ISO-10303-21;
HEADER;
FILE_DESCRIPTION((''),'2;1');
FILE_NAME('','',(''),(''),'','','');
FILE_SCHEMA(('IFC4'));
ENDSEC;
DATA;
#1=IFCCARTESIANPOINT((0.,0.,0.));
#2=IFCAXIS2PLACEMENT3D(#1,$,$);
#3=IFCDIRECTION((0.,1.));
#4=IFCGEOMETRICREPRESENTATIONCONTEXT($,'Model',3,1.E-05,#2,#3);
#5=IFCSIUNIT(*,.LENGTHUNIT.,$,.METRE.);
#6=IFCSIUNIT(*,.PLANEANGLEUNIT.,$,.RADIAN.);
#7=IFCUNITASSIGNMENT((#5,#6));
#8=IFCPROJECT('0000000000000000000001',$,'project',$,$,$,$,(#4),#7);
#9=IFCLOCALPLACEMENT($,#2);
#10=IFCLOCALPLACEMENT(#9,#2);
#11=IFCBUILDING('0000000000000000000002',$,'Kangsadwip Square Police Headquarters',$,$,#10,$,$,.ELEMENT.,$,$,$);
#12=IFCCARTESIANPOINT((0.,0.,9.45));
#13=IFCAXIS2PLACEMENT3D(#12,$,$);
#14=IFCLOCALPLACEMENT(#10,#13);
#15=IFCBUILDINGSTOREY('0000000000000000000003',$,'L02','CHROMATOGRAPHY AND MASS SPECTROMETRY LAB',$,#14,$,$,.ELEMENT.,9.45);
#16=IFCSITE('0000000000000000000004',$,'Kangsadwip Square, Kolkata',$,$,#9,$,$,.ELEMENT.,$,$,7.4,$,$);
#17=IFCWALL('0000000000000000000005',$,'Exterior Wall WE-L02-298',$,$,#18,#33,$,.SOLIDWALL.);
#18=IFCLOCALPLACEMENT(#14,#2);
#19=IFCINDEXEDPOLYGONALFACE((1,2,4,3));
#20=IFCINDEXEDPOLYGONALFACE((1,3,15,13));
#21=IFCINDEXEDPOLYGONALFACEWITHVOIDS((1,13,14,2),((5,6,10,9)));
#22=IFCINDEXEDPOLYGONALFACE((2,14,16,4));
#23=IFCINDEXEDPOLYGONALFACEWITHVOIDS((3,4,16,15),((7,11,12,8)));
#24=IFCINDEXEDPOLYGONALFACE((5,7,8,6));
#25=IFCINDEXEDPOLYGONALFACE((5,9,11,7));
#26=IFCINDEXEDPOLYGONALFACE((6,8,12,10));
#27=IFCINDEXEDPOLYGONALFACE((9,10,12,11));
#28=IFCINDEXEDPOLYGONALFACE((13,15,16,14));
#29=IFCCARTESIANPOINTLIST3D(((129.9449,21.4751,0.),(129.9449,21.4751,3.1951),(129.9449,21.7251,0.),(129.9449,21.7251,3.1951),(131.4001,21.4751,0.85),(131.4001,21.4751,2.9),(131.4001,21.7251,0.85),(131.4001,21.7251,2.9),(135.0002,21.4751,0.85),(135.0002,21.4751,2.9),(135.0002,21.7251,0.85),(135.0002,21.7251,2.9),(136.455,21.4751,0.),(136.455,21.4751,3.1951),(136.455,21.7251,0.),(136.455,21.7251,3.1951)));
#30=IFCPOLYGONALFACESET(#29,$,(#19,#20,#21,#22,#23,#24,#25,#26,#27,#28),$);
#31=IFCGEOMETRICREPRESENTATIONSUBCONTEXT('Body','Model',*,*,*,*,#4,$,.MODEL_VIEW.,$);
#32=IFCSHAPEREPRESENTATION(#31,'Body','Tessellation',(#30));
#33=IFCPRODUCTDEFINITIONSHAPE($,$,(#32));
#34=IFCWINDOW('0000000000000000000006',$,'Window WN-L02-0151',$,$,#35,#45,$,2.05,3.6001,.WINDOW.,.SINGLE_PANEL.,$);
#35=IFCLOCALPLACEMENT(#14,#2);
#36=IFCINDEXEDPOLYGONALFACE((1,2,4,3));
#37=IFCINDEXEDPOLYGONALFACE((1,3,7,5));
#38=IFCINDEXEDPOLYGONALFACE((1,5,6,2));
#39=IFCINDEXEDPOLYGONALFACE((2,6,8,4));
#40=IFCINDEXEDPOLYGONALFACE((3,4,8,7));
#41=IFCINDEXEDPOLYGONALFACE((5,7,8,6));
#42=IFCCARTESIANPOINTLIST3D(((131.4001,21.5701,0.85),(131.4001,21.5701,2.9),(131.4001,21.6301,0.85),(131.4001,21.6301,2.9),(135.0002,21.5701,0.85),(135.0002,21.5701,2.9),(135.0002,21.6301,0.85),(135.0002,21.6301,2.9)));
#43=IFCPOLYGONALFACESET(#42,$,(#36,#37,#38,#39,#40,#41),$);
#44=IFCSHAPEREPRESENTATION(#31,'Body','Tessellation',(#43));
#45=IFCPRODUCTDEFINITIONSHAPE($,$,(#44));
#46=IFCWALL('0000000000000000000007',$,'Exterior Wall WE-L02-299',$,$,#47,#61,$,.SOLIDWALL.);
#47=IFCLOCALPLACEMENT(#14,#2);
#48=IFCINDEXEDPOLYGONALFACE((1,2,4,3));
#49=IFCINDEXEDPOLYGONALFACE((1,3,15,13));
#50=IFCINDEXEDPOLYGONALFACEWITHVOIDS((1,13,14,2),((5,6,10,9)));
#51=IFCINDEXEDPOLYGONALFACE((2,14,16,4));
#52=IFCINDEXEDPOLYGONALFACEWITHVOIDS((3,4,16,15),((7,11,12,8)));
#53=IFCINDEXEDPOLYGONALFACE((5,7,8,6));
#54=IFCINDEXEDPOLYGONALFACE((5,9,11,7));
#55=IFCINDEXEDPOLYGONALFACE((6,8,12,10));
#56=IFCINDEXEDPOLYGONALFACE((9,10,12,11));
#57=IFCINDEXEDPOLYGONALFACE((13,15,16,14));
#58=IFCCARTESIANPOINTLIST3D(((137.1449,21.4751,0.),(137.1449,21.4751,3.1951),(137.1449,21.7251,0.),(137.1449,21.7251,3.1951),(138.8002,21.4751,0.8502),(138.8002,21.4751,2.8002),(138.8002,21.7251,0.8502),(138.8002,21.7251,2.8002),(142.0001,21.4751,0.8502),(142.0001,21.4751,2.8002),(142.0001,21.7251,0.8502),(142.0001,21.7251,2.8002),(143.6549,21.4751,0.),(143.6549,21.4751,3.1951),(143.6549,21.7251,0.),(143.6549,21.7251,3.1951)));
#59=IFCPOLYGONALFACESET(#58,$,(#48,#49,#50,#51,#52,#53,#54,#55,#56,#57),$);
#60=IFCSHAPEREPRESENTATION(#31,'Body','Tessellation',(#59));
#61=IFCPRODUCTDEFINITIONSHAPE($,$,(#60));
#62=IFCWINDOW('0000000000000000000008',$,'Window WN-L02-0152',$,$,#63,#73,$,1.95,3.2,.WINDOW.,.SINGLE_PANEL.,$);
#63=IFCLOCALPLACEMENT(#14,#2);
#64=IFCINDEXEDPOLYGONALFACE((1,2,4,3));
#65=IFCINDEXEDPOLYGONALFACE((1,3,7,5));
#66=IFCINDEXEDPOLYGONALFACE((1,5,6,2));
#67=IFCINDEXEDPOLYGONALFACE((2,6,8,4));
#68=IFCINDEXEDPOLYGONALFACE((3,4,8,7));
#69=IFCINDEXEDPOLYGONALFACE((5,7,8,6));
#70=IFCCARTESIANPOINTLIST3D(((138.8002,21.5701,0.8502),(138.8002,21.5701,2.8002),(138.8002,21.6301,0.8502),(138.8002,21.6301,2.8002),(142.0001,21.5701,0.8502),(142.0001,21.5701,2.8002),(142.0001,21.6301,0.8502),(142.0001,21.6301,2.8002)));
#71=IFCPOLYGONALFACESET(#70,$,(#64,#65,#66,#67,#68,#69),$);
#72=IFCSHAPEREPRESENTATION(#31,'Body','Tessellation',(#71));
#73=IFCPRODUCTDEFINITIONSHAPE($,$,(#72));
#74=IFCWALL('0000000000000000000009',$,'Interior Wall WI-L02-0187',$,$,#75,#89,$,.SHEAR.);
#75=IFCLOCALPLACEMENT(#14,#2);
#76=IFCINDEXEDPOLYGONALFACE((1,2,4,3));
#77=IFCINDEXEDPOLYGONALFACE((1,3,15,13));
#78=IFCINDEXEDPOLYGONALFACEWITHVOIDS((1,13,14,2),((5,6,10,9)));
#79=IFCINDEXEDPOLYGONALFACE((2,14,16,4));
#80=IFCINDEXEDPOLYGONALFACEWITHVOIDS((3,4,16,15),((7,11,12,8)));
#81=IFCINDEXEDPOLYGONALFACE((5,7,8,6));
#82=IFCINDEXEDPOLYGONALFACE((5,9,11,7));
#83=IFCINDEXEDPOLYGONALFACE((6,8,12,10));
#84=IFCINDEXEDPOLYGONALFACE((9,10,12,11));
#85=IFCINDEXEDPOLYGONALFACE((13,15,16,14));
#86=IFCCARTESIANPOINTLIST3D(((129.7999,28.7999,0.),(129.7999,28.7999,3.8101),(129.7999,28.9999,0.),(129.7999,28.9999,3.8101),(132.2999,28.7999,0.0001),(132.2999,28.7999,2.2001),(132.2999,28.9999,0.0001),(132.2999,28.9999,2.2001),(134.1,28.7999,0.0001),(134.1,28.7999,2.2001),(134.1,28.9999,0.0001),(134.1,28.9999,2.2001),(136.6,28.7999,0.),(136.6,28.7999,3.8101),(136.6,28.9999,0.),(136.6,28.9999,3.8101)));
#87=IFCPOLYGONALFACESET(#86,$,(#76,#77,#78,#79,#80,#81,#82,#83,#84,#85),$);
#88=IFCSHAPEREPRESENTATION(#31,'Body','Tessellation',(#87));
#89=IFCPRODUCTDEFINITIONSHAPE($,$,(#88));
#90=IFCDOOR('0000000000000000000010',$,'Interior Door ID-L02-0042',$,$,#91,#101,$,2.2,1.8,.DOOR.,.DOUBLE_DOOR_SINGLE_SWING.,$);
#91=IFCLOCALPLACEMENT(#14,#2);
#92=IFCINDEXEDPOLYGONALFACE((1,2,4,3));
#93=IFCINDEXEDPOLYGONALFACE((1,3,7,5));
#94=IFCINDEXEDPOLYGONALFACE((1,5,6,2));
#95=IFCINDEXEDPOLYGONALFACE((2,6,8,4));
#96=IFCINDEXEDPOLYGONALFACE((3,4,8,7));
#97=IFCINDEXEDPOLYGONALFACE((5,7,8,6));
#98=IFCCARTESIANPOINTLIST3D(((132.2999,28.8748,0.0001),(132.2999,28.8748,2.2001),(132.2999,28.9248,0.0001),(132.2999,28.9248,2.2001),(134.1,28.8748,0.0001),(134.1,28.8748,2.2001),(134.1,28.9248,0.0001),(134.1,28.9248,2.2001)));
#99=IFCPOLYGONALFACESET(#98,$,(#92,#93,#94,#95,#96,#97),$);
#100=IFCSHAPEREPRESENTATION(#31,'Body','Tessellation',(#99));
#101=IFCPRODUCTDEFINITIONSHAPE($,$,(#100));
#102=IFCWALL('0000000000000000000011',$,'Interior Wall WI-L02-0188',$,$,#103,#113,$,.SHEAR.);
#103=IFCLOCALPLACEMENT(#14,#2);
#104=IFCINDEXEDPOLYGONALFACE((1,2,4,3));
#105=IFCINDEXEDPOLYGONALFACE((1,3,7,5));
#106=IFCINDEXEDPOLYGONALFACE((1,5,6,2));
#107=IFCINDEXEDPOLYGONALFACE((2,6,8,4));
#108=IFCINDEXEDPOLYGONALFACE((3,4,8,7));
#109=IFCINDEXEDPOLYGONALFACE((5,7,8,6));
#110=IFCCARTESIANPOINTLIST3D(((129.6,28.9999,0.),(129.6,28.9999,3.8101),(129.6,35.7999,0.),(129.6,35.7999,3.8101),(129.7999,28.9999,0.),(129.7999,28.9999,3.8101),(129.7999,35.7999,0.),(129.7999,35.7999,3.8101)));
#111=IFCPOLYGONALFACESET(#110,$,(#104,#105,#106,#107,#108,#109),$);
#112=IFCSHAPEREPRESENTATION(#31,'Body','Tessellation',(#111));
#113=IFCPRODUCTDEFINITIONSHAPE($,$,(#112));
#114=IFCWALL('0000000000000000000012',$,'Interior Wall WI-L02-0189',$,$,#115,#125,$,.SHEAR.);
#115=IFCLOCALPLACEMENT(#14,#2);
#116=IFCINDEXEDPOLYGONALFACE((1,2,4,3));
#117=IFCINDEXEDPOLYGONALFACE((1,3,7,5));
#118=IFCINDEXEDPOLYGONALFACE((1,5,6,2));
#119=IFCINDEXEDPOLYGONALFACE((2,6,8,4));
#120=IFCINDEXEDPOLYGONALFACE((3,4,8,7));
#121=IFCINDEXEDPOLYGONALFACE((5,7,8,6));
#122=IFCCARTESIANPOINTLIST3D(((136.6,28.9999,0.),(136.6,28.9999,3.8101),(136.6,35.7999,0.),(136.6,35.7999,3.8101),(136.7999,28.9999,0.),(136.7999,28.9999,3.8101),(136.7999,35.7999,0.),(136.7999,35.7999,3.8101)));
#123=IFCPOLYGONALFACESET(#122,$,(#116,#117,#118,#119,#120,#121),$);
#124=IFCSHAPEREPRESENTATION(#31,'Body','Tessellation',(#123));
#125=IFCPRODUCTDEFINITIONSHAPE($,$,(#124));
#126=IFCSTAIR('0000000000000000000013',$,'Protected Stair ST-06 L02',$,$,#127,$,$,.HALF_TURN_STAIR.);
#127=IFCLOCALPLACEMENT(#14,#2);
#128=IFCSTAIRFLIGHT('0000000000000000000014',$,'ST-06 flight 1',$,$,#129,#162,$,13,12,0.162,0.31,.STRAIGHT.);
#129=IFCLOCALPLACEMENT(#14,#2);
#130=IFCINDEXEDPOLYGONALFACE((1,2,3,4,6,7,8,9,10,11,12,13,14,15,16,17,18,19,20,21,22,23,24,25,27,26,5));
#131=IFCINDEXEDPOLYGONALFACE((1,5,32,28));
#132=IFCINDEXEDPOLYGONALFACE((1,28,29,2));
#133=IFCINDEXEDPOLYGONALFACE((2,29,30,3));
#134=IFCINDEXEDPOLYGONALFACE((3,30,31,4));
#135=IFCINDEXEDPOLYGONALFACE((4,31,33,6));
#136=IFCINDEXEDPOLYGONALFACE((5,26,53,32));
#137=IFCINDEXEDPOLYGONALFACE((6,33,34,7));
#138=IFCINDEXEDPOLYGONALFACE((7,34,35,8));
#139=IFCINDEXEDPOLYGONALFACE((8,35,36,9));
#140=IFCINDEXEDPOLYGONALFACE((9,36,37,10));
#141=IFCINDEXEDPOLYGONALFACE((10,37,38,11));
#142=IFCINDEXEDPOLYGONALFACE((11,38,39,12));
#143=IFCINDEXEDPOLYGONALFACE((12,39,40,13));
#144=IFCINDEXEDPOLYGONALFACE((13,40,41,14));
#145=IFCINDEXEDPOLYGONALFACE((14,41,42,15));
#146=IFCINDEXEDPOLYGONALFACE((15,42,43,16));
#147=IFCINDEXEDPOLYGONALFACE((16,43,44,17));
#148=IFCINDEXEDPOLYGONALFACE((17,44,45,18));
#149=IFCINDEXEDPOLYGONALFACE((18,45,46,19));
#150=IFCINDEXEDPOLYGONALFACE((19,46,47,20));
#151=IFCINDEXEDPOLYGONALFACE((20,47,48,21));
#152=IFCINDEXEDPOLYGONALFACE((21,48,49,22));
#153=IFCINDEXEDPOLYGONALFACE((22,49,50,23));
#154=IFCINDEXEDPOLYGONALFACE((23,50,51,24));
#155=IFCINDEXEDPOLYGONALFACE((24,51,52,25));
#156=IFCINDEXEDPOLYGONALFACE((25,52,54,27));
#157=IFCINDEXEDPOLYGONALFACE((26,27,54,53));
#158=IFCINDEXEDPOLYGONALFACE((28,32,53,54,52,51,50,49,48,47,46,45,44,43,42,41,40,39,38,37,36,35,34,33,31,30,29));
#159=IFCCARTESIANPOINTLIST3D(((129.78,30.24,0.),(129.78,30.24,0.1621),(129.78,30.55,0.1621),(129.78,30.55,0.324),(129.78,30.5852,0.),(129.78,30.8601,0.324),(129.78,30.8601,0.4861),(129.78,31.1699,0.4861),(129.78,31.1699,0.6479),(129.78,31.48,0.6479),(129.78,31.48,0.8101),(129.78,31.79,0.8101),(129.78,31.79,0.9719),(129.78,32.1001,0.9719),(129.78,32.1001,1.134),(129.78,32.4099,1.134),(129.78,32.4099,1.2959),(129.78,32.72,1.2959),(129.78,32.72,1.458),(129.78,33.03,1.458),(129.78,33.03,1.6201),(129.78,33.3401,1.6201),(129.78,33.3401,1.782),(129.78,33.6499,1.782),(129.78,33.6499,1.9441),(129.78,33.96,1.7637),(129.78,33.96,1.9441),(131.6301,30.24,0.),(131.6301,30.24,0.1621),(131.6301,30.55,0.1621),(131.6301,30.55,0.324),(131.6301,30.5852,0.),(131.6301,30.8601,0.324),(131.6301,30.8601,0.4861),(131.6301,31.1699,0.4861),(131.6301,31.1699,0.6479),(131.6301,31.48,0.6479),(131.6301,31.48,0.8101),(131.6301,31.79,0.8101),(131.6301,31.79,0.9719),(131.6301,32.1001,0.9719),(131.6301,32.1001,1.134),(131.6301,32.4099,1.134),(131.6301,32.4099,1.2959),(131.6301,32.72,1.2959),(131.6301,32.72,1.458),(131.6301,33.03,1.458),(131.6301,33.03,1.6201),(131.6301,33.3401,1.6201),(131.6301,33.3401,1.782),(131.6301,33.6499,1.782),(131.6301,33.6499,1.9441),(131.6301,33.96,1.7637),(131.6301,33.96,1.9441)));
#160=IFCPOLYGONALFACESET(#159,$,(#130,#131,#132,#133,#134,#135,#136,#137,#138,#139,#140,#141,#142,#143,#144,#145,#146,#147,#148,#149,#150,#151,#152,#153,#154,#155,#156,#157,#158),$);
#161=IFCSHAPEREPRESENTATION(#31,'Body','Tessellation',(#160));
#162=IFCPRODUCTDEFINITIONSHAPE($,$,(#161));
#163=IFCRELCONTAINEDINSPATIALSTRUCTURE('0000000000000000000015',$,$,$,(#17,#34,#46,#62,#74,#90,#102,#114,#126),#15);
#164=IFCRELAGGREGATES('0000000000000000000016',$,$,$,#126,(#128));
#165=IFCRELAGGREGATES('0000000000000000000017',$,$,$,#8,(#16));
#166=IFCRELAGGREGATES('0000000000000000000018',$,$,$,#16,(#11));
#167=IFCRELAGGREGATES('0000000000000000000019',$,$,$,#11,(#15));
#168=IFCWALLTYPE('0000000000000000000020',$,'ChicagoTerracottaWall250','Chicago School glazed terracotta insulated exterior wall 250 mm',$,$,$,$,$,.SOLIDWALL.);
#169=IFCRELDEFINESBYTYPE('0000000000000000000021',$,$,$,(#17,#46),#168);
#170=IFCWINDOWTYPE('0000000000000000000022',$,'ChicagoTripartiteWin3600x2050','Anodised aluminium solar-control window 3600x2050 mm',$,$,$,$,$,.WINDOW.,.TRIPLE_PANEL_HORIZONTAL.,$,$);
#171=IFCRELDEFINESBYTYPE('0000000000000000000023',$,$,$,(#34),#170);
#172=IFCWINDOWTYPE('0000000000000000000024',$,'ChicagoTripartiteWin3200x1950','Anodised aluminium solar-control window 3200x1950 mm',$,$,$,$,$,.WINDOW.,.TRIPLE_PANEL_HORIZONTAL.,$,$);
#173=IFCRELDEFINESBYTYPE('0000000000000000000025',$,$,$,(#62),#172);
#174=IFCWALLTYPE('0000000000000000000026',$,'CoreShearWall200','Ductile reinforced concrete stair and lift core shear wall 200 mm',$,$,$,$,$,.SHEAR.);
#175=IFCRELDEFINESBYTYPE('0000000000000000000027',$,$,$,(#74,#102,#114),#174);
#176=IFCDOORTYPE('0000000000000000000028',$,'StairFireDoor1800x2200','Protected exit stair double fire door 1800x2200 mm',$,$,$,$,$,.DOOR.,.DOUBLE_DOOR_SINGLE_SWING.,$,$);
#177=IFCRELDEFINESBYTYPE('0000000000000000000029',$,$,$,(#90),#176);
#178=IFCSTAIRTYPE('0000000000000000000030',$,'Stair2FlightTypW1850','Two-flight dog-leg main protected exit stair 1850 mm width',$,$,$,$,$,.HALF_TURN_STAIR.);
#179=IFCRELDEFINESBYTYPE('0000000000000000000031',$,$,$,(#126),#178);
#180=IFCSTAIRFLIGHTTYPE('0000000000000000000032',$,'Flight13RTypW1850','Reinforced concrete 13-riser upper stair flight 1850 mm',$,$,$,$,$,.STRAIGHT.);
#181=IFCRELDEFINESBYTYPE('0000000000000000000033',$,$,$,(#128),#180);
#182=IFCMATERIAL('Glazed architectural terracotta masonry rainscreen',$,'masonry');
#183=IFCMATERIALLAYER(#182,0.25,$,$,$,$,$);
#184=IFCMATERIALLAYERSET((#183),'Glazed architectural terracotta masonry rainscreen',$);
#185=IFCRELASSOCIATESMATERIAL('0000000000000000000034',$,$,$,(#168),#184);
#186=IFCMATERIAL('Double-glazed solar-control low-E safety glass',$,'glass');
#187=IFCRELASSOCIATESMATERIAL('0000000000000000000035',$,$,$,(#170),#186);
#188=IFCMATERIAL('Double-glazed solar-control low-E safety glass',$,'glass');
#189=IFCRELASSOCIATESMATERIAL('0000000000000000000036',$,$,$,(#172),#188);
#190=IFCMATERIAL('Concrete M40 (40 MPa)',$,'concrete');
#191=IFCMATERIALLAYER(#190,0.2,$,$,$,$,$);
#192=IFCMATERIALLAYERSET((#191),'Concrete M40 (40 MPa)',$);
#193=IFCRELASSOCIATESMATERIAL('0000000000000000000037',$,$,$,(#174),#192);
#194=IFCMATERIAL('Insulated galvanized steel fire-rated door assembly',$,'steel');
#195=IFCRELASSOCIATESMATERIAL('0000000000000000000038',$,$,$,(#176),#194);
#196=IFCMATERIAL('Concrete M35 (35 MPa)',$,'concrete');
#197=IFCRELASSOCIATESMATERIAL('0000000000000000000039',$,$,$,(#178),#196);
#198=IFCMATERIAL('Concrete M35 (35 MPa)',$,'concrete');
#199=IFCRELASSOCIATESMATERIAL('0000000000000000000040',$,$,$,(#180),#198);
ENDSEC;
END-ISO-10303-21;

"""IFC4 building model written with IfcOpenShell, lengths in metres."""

from ifc_helpers import new_model, si_unit, direction, frame, frame_2d, origin, place, context, subcontext, project, spatial, polyline, rectangle, outline, extrude, material, layer, layer_set, type_object, element, fill, aggregate, save


model = new_model("IFC4")

# Units and contexts
model_context = context("Model", 3, precision=1e-05, world=origin(), true_north=direction((0.0, 1.0)))
body_context = subcontext(model_context, "Body", "Model", "MODEL_VIEW")
ifc_project = project(units=[si_unit("LENGTHUNIT", "METRE"), si_unit("PLANEANGLEUNIT", "RADIAN")], contexts=[model_context])

# Site, building, storey
site_placement = place(None, origin())
site = spatial("IfcSite", under=ifc_project, at=site_placement, Name="Kangsadwip Square, Kolkata", CompositionType="ELEMENT", RefElevation=7.4)
building_placement = place(site_placement, origin())
building = spatial("IfcBuilding", under=site, at=building_placement, Name="Kangsadwip Square Police Headquarters", CompositionType="ELEMENT")
storey_placement = place(building_placement, frame((0.0, 0.0, 9.45)))
storey = spatial("IfcBuildingStorey", under=building, at=storey_placement, Name="L02", Description="CHROMATOGRAPHY AND MASS SPECTROMETRY LAB", CompositionType="ELEMENT", Elevation=9.45)

# Walls, openings, windows
ifc_material_1 = material(Name="Glazed architectural terracotta masonry rainscreen", Category="masonry")
ifc_layer_1 = layer(ifc_material_1, 0.25)
ifc_layer_set_1 = layer_set([ifc_layer_1], Name="Glazed architectural terracotta masonry rainscreen")
wall_type_1 = type_object("IfcWallType", Name="ChicagoTerracottaWall250", Description="Chicago School glazed terracotta insulated exterior wall 250 mm", PredefinedType="SOLIDWALL", material=ifc_layer_set_1)
wall_1_placement = place(storey_placement, frame((129.9451, 21.6001, 0.0), z_axis=(0.0, 0.0, 1.0), x_axis=(1.0, 0.0, 0.0)))
wall_1 = element("IfcWall", 1, at=wall_1_placement, inside=storey, type_object=wall_type_1, Name="Exterior Wall WE-L02-298", PredefinedType="SOLIDWALL", context=body_context, shape_type="SweptSolid", body=[
    extrude(rectangle(XDim=6.51, YDim=0.25, at=frame_2d((3.2549, 0.0))), origin(), (0.0, 0.0, 1.0), 3.1951),
])
opening_1_placement = place(wall_1_placement, frame((1.4551, 0.0, 0.8501)))
opening_1 = element("IfcOpeningElement", 2, at=opening_1_placement, cuts=wall_1, PredefinedType="OPENING", context=body_context, shape_type="SweptSolid", body=[
    extrude(rectangle(XDim=3.6001, YDim=2.05, at=frame_2d((1.8, 1.0249))), frame((0.0, 0.135, 0.0), z_axis=(0.0, -1.0, 0.0), x_axis=(1.0, 0.0, 0.0)), (0.0, 0.0, 1.0), 0.27),
])
ifc_material_2 = material(Name="Double-glazed solar-control low-E safety glass", Category="glass")
window_type_1 = type_object("IfcWindowType", Name="ChicagoTripartiteWin3600x2050", Description="Anodised aluminium solar-control window 3600x2050 mm", PartitioningType="TRIPLE_PANEL_HORIZONTAL", PredefinedType="WINDOW", material=ifc_material_2)
window_1_placement = place(opening_1_placement, origin())
window_1 = element("IfcWindow", 3, at=window_1_placement, inside=storey, type_object=window_type_1, Name="Window WN-L02-0151", OverallHeight=2.05, OverallWidth=3.6001, PartitioningType="SINGLE_PANEL", PredefinedType="WINDOW", context=body_context, shape_type="SweptSolid", body=[
    extrude(rectangle(XDim=3.6001, YDim=2.05, at=frame_2d((1.8, 1.0249))), frame((0.0, 0.03, 0.0), z_axis=(0.0, -1.0, 0.0), x_axis=(1.0, 0.0, 0.0)), (0.0, 0.0, 1.0), 0.0601),
])
fill(opening_1, window_1)
wall_2_placement = place(storey_placement, frame((137.145, 21.6001, 0.0), z_axis=(0.0, 0.0, 1.0), x_axis=(1.0, 0.0, 0.0)))
wall_2 = element("IfcWall", 4, at=wall_2_placement, inside=storey, type_object=wall_type_1, Name="Exterior Wall WE-L02-299", PredefinedType="SOLIDWALL", context=body_context, shape_type="SweptSolid", body=[
    extrude(rectangle(XDim=6.51, YDim=0.25, at=frame_2d((3.2549, 0.0))), origin(), (0.0, 0.0, 1.0), 3.1951),
])
opening_2_placement = place(wall_2_placement, frame((1.655, 0.0, 0.8501)))
opening_2 = element("IfcOpeningElement", 5, at=opening_2_placement, cuts=wall_2, PredefinedType="OPENING", context=body_context, shape_type="SweptSolid", body=[
    extrude(rectangle(XDim=3.2, YDim=1.95, at=frame_2d((1.6001, 0.9751))), frame((0.0, 0.135, 0.0), z_axis=(0.0, -1.0, 0.0), x_axis=(1.0, 0.0, 0.0)), (0.0, 0.0, 1.0), 0.27),
])
ifc_material_3 = material(Name="Double-glazed solar-control low-E safety glass", Category="glass")
window_type_2 = type_object("IfcWindowType", Name="ChicagoTripartiteWin3200x1950", Description="Anodised aluminium solar-control window 3200x1950 mm", PartitioningType="TRIPLE_PANEL_HORIZONTAL", PredefinedType="WINDOW", material=ifc_material_3)
window_2_placement = place(opening_2_placement, origin())
window_2 = element("IfcWindow", 6, at=window_2_placement, inside=storey, type_object=window_type_2, Name="Window WN-L02-0152", OverallHeight=1.95, OverallWidth=3.2, PartitioningType="SINGLE_PANEL", PredefinedType="WINDOW", context=body_context, shape_type="SweptSolid", body=[
    extrude(rectangle(XDim=3.2, YDim=1.95, at=frame_2d((1.6001, 0.9751))), frame((0.0, 0.03, 0.0), z_axis=(0.0, -1.0, 0.0), x_axis=(1.0, 0.0, 0.0)), (0.0, 0.0, 1.0), 0.0601),
])
fill(opening_2, window_2)

# Wall, opening, door
ifc_material_4 = material(Name="Concrete M40 (40 MPa)", Category="concrete")
ifc_layer_2 = layer(ifc_material_4, 0.2)
ifc_layer_set_2 = layer_set([ifc_layer_2], Name="Concrete M40 (40 MPa)")
wall_type_2 = type_object("IfcWallType", Name="CoreShearWall200", Description="Ductile reinforced concrete stair and lift core shear wall 200 mm", PredefinedType="SHEAR", material=ifc_layer_set_2)
wall_3_placement = place(storey_placement, frame((129.8, 28.8999, 0.0), z_axis=(0.0, 0.0, 1.0), x_axis=(1.0, 0.0, 0.0)))
wall_3 = element("IfcWall", 7, at=wall_3_placement, inside=storey, type_object=wall_type_2, Name="Interior Wall WI-L02-0187", PredefinedType="SHEAR", context=body_context, shape_type="SweptSolid", body=[
    extrude(rectangle(XDim=6.8, YDim=0.2, at=frame_2d((3.3999, 0.0))), origin(), (0.0, 0.0, 1.0), 3.8101),
])
opening_3_placement = place(wall_3_placement, frame((2.5, 0.0, 0.0)))
opening_3 = element("IfcOpeningElement", 8, at=opening_3_placement, cuts=wall_3, PredefinedType="OPENING", context=body_context, shape_type="SweptSolid", body=[
    extrude(rectangle(XDim=1.8, YDim=2.2, at=frame_2d((0.8999, 1.1001))), frame((0.0, 0.1099, 0.0), z_axis=(0.0, -1.0, 0.0), x_axis=(1.0, 0.0, 0.0)), (0.0, 0.0, 1.0), 0.22),
])
ifc_material_5 = material(Name="Insulated galvanized steel fire-rated door assembly", Category="steel")
door_type = type_object("IfcDoorType", Name="StairFireDoor1800x2200", Description="Protected exit stair double fire door 1800x2200 mm", OperationType="DOUBLE_DOOR_SINGLE_SWING", PredefinedType="DOOR", material=ifc_material_5)
door_placement = place(opening_3_placement, origin())
door = element("IfcDoor", 9, at=door_placement, inside=storey, type_object=door_type, Name="Interior Door ID-L02-0042", OperationType="DOUBLE_DOOR_SINGLE_SWING", OverallHeight=2.2, OverallWidth=1.8, PredefinedType="DOOR", context=body_context, shape_type="SweptSolid", body=[
    extrude(rectangle(XDim=1.8, YDim=2.2, at=frame_2d((0.8999, 1.1001))), frame((0.0, 0.0249, 0.0), z_axis=(0.0, -1.0, 0.0), x_axis=(1.0, 0.0, 0.0)), (0.0, 0.0, 1.0), 0.05),
])
fill(opening_3, door)

# Walls
for number, where, z_axis, x_axis, name in (
    (10, (129.7, 29.0, 0.0), (0.0, 0.0, 1.0), (0.0, 1.0, 0.0), "Interior Wall WI-L02-0188"),
    (11, (136.7, 29.0, 0.0), (0.0, 0.0, 1.0), (0.0, 1.0, 0.0), "Interior Wall WI-L02-0189"),
):
    element("IfcWall", number, at=place(storey_placement, frame(where, z_axis=z_axis, x_axis=x_axis)), inside=storey, type_object=wall_type_2, Name=name, PredefinedType="SHEAR", context=body_context, shape_type="SweptSolid", body=[
        extrude(rectangle(XDim=6.8, YDim=0.2, at=frame_2d((3.3999, 0.0))), origin(), (0.0, 0.0, 1.0), 3.8101),
    ])

# Stair, stair flight
ifc_material_6 = material(Name="Concrete M35 (35 MPa)", Category="concrete")
stair_type = type_object("IfcStairType", Name="Stair2FlightTypW1850", Description="Two-flight dog-leg main protected exit stair 1850 mm width", PredefinedType="HALF_TURN_STAIR", material=ifc_material_6)
stair_placement = place(storey_placement, origin())
stair = element("IfcStair", 12, at=stair_placement, inside=storey, type_object=stair_type, Name="Protected Stair ST-06 L02", PredefinedType="HALF_TURN_STAIR")
ifc_material_7 = material(Name="Concrete M35 (35 MPa)", Category="concrete")
stair_flight_type = type_object("IfcStairFlightType", Name="Flight13RTypW1850", Description="Reinforced concrete 13-riser upper stair flight 1850 mm", PredefinedType="STRAIGHT", material=ifc_material_7)
stair_flight_placement = place(storey_placement, frame((130.7051, 30.24, 0.0), z_axis=(0.0, 0.0, 1.0), x_axis=(0.0, 1.0, 0.0)))
stair_flight = element("IfcStairFlight", 13, at=stair_flight_placement, type_object=stair_flight_type, Name="ST-06 flight 1", NumberOfRisers=13, NumberOfTreads=12, PredefinedType="STRAIGHT", RiserHeight=0.162, TreadLength=0.31, context=body_context, shape_type="SweptSolid", body=[
    extrude(outline(polyline([(0.0, 0.0), (0.0, 0.1621), (0.3101, 0.1621), (0.3101, 0.324), (0.6201, 0.324), (0.6201, 0.4861), (0.9299, 0.4861), (0.9299, 0.6479), (1.24, 0.6479), (1.24, 0.8101), (1.55, 0.8101), (1.55, 0.9719), (1.8601, 0.9719), (1.8601, 1.134), (2.1699, 1.134), (2.1699, 1.2959), (2.48, 1.2959), (2.48, 1.458), (2.79, 1.458), (2.79, 1.6201), (3.1001, 1.6201), (3.1001, 1.782), (3.4099, 1.782), (3.4099, 1.9441), (3.72, 1.9441), (3.72, 2.106), (3.72, 1.7637), (0.3452, 0.0), (0.0, 0.0)])), frame((0.0, 0.925, 0.0), z_axis=(0.0, -1.0, 0.0), x_axis=(1.0, 0.0, 0.0)), (0.0, 0.0, 1.0), 1.8501),
])
aggregate(stair, [stair_flight])

save(model, "model.ifc")
